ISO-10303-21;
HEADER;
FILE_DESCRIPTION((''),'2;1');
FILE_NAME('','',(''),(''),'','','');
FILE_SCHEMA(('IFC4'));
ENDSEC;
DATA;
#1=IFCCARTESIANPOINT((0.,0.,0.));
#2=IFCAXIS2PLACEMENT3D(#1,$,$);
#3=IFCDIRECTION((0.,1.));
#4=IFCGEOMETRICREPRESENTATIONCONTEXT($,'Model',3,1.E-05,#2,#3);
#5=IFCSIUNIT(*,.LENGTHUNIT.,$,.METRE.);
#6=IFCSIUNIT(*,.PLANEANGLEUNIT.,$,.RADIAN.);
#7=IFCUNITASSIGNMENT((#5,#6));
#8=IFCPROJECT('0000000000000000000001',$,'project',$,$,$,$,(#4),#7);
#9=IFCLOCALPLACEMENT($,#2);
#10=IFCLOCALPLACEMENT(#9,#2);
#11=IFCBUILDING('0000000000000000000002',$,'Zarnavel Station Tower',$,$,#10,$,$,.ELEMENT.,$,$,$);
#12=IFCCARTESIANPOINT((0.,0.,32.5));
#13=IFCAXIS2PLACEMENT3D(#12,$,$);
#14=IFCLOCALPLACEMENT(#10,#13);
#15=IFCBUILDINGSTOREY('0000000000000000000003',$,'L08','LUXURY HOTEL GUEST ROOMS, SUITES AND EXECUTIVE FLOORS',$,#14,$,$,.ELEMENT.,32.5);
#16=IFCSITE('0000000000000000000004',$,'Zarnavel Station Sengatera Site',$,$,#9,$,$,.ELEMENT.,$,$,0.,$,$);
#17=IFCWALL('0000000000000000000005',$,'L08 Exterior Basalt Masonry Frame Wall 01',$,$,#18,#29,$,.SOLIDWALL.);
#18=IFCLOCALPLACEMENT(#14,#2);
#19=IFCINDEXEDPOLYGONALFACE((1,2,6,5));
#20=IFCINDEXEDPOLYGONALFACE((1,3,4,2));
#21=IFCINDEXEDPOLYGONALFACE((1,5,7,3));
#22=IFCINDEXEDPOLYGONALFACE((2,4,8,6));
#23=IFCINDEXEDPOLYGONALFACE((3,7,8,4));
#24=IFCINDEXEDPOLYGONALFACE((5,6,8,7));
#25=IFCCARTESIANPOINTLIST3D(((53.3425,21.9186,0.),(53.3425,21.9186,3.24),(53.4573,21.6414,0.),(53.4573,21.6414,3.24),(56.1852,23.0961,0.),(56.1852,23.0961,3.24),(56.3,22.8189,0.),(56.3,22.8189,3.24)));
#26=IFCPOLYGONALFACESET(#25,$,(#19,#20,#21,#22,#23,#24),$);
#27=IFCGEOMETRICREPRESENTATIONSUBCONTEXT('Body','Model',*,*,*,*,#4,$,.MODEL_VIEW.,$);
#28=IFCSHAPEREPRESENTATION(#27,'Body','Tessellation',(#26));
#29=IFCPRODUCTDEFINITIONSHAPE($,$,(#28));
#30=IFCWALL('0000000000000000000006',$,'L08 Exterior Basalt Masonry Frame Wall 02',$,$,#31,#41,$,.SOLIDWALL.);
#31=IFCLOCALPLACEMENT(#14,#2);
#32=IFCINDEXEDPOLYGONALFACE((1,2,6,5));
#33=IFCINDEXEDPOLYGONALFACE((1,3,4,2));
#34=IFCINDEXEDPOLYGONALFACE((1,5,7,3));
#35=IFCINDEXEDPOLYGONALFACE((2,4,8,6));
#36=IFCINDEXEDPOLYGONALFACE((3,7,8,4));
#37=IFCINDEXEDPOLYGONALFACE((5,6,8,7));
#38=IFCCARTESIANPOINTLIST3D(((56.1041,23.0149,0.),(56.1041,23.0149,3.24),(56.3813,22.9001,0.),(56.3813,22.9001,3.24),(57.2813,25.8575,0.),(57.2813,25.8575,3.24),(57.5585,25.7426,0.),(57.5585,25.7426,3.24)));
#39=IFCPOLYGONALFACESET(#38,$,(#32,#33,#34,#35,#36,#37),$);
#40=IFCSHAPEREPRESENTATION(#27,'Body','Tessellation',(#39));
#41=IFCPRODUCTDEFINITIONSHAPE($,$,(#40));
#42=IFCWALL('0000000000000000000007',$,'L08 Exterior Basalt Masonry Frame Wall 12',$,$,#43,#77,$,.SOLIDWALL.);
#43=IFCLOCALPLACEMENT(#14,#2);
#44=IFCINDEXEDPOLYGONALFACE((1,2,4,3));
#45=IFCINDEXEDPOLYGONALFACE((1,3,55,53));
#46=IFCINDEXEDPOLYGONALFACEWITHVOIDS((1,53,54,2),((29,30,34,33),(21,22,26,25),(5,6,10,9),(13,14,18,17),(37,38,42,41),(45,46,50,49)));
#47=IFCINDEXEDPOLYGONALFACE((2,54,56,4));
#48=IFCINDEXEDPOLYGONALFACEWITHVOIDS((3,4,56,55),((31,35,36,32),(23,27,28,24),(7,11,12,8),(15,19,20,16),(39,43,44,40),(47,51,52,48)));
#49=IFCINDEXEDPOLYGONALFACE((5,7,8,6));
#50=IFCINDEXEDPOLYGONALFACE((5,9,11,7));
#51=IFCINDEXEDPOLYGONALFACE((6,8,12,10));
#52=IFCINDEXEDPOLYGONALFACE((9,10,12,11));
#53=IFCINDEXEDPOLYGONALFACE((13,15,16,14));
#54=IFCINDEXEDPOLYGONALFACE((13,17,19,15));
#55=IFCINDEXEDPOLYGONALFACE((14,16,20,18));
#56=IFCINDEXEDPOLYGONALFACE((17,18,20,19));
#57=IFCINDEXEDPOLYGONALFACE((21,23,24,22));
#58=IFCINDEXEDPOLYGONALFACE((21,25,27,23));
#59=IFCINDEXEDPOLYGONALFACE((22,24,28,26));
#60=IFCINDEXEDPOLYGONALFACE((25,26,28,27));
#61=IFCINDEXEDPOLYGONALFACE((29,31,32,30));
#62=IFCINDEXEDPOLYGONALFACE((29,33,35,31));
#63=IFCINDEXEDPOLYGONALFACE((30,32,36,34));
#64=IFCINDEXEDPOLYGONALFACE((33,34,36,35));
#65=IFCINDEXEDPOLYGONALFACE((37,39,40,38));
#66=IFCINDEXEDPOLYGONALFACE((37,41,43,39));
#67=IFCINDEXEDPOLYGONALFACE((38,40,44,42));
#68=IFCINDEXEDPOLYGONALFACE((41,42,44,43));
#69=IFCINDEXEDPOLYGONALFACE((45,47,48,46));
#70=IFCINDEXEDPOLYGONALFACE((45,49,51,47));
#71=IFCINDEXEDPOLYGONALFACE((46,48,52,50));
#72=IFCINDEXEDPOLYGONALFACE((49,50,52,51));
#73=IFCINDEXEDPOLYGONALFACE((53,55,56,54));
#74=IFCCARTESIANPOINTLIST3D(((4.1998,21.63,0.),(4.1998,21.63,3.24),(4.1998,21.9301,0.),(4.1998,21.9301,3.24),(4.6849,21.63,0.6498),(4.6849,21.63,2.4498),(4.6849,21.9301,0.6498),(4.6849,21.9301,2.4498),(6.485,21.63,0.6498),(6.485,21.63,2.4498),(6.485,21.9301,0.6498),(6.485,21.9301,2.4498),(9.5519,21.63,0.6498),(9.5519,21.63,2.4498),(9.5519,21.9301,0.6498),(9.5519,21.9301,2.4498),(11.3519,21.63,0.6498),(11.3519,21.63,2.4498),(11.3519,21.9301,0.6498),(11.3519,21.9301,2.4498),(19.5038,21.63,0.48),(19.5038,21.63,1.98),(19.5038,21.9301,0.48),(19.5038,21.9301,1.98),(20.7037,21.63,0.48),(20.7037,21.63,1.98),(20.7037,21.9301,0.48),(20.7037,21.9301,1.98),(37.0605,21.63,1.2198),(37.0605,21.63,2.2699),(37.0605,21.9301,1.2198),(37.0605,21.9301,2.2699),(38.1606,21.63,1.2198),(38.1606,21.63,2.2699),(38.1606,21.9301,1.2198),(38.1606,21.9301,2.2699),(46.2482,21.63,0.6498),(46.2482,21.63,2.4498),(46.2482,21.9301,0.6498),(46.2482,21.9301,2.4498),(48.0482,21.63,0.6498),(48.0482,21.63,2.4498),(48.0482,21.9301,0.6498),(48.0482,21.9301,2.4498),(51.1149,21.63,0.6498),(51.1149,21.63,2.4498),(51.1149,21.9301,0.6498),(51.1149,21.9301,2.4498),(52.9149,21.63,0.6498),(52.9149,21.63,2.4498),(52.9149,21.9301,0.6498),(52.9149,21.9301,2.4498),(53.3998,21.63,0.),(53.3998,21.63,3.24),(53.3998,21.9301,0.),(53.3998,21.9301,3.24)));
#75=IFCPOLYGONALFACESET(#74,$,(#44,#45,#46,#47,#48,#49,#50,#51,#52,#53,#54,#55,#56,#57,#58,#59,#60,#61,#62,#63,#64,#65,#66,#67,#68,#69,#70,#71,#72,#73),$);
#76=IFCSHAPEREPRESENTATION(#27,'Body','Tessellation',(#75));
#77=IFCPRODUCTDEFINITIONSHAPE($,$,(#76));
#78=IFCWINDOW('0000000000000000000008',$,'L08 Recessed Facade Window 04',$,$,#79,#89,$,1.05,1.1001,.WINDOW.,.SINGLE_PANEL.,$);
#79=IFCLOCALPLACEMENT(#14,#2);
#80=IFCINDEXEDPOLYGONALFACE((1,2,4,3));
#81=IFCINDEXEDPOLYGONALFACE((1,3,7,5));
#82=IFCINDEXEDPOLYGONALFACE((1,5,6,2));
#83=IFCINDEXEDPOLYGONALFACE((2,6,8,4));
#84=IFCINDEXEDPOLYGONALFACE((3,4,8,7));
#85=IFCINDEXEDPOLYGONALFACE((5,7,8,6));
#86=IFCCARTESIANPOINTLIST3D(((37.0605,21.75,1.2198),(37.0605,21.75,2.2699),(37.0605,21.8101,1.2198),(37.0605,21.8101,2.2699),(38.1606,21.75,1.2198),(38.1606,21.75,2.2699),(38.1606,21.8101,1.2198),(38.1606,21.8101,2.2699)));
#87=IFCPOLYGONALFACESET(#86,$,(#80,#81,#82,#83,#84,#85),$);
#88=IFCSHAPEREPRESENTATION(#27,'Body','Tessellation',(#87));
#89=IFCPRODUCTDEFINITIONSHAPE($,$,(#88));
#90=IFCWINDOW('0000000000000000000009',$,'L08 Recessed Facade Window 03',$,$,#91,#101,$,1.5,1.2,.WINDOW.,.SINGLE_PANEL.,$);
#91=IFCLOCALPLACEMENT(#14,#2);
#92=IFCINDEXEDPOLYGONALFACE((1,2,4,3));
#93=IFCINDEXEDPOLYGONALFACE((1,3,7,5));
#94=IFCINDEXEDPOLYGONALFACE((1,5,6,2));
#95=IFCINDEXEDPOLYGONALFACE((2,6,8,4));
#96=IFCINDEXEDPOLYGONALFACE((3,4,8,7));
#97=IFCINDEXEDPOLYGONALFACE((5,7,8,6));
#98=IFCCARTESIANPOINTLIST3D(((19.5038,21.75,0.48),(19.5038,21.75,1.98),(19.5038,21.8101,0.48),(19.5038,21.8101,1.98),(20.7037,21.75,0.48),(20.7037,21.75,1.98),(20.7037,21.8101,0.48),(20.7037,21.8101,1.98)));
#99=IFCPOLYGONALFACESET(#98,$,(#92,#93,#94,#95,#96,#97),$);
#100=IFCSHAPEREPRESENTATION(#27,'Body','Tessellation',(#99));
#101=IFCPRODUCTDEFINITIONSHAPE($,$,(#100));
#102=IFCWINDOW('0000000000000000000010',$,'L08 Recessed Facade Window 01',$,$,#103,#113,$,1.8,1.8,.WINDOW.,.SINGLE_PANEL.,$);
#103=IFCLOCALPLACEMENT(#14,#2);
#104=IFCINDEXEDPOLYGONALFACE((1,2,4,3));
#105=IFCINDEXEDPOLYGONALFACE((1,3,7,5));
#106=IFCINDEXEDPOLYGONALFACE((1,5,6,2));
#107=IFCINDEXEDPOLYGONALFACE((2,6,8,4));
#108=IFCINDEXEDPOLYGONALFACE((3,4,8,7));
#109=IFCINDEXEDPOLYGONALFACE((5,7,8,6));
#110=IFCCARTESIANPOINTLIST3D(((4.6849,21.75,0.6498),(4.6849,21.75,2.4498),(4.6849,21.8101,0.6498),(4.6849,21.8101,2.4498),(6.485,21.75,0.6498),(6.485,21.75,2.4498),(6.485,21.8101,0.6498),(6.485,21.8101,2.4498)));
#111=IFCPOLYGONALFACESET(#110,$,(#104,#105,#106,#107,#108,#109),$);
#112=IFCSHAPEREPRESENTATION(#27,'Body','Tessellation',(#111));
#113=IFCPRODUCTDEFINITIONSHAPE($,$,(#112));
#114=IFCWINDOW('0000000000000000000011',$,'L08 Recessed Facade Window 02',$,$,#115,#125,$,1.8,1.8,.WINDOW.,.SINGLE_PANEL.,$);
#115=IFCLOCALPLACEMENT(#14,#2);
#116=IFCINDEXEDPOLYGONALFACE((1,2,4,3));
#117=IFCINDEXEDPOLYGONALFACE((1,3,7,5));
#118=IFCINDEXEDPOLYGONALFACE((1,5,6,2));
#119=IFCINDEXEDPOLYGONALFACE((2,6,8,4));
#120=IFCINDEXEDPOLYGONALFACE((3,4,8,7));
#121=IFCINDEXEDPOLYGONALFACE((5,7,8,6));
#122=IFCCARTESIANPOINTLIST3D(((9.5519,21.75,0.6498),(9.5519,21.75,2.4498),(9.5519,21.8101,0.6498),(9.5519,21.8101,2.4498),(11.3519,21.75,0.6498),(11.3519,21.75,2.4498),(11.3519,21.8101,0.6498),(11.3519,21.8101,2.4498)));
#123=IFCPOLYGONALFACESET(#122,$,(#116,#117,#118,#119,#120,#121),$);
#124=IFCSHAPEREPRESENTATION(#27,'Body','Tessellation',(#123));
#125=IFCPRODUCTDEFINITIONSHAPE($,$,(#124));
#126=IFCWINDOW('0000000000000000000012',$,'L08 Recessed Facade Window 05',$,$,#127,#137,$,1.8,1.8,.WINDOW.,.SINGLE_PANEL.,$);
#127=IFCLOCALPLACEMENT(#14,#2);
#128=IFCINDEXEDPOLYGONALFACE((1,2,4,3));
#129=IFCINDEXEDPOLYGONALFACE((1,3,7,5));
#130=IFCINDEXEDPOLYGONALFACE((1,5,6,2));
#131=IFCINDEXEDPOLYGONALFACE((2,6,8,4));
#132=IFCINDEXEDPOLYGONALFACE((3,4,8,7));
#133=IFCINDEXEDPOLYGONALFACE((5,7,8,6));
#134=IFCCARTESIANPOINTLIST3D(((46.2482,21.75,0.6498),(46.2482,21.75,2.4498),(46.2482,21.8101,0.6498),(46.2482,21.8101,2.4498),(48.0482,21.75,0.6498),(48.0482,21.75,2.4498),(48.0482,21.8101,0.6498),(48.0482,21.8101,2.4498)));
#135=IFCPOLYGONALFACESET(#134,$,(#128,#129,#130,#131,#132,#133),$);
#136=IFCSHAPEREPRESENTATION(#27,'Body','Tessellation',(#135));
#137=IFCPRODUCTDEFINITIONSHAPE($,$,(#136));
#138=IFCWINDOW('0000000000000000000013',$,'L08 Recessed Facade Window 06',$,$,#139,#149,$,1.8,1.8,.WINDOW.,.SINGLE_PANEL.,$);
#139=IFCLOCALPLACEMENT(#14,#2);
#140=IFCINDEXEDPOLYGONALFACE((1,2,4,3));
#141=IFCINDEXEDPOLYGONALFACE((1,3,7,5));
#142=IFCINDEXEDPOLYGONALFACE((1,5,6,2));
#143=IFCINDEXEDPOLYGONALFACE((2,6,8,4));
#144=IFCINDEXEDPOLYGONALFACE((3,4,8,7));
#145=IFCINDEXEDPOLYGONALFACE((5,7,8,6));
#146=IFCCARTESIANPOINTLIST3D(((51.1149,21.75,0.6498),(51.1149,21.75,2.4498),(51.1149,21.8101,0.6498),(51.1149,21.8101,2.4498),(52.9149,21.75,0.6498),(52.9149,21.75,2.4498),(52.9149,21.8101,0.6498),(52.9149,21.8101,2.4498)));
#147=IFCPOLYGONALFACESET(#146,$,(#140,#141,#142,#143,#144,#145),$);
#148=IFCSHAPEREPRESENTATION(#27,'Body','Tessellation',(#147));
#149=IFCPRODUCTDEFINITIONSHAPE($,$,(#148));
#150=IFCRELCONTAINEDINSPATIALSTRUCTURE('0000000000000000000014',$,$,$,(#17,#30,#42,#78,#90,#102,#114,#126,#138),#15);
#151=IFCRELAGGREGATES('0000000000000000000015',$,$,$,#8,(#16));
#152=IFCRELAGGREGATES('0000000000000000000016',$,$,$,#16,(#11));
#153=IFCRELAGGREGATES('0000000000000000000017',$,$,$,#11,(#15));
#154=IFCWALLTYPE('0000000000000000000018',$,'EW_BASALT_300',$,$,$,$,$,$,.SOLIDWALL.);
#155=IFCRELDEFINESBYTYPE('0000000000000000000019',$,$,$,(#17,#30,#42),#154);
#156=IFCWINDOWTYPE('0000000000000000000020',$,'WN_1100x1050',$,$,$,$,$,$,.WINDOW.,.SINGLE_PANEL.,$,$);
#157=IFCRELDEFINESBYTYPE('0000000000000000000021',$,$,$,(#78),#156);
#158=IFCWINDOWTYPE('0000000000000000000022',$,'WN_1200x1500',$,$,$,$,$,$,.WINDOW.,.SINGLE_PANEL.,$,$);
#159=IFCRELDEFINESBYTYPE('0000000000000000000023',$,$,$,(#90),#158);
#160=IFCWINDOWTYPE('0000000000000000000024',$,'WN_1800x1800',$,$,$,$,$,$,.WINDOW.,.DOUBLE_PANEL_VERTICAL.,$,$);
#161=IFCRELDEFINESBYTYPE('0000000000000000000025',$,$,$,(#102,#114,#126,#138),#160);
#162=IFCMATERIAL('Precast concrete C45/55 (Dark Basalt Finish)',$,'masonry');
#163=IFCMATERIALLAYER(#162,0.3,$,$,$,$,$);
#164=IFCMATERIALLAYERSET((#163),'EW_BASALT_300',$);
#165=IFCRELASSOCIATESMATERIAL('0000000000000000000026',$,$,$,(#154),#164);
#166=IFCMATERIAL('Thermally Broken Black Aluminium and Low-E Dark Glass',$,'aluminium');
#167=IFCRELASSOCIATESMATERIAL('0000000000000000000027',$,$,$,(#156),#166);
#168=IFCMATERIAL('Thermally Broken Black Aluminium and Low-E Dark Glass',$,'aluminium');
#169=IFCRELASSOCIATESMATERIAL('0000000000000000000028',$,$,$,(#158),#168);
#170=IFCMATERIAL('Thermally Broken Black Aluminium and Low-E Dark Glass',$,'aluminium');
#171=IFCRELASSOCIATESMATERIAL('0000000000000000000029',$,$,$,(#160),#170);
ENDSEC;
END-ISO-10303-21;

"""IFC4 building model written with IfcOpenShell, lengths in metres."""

from ifc_helpers import new_model, si_unit, direction, frame, frame_2d, origin, place, context, subcontext, project, spatial, rectangle, extrude, material, layer, layer_set, type_object, element, fill, save


model = new_model("IFC4")

# Units and contexts
model_context = context("Model", 3, precision=1e-05, world=origin(), true_north=direction((0.0, 1.0)))
body_context = subcontext(model_context, "Body", "Model", "MODEL_VIEW")
ifc_project = project(units=[si_unit("LENGTHUNIT", "METRE"), si_unit("PLANEANGLEUNIT", "RADIAN")], contexts=[model_context])

# Site, building, storey
site_placement = place(None, origin())
site = spatial("IfcSite", under=ifc_project, at=site_placement, Name="Zarnavel Station Sengatera Site", CompositionType="ELEMENT", RefElevation=0.0)
building_placement = place(site_placement, origin())
building = spatial("IfcBuilding", under=site, at=building_placement, Name="Zarnavel Station Tower", CompositionType="ELEMENT")
storey_placement = place(building_placement, frame((0.0, 0.0, 32.5)))
storey = spatial("IfcBuildingStorey", under=building, at=storey_placement, Name="L08", Description="LUXURY HOTEL GUEST ROOMS, SUITES AND EXECUTIVE FLOORS", CompositionType="ELEMENT", Elevation=32.5)

# Walls
ifc_material_1 = material(Name="Precast concrete C45/55 (Dark Basalt Finish)", Category="masonry")
ifc_layer_1 = layer(ifc_material_1, 0.3)
ifc_layer_set_1 = layer_set([ifc_layer_1], Name="EW_BASALT_300")
wall_type_1 = type_object("IfcWallType", Name="EW_BASALT_300", PredefinedType="SOLIDWALL", material=ifc_layer_set_1)
wall_1_placement = place(storey_placement, frame((56.2427, 22.9575, 0.0), z_axis=(0.0, 0.0, 1.0), x_axis=(-0.923882, -0.382676, 0.0)))
element("IfcWall", 1, at=wall_1_placement, inside=storey, type_object=wall_type_1, Name="L08 Exterior Basalt Masonry Frame Wall 01", PredefinedType="SOLIDWALL", context=body_context, shape_type="SweptSolid", body=[
    extrude(rectangle(XDim=3.0769, YDim=0.3, at=frame_2d((1.5386, 0.0))), origin(), (0.0, 0.0, 1.0), 3.24),
])
wall_2_placement = place(storey_placement, frame((57.4199, 25.8, 0.0), z_axis=(0.0, 0.0, 1.0), x_axis=(-0.382637, -0.923899, 0.0)))
element("IfcWall", 2, at=wall_2_placement, inside=storey, type_object=wall_type_1, Name="L08 Exterior Basalt Masonry Frame Wall 02", PredefinedType="SOLIDWALL", context=body_context, shape_type="SweptSolid", body=[
    extrude(rectangle(XDim=3.0767, YDim=0.3, at=frame_2d((1.5383, 0.0))), origin(), (0.0, 0.0, 1.0), 3.24),
])

# Wall, openings, windows
wall_3_placement = place(storey_placement, frame((53.3999, 21.78, 0.0), z_axis=(0.0, 0.0, 1.0), x_axis=(-1.0, 0.0, 0.0)))
wall_3 = element("IfcWall", 3, at=wall_3_placement, inside=storey, type_object=wall_type_1, Name="L08 Exterior Basalt Masonry Frame Wall 12", PredefinedType="SOLIDWALL", context=body_context, shape_type="SweptSolid", body=[
    extrude(rectangle(XDim=49.2, YDim=0.3, at=frame_2d((24.6001, 0.0))), origin(), (0.0, 0.0, 1.0), 3.24),
])
opening_1_placement = place(wall_3_placement, frame((46.915, 0.0, 0.6499)))
opening_1 = element("IfcOpeningElement", 4, at=opening_1_placement, cuts=wall_3, PredefinedType="OPENING", context=body_context, shape_type="SweptSolid", body=[
    extrude(rectangle(XDim=1.8, YDim=1.8, at=frame_2d((0.8999, 0.8999))), frame((0.0, 0.1599, 0.0), z_axis=(0.0, -1.0, 0.0), x_axis=(1.0, 0.0, 0.0)), (0.0, 0.0, 1.0), 0.3201),
])
opening_2_placement = place(wall_3_placement, frame((42.0481, 0.0, 0.6499)))
opening_2 = element("IfcOpeningElement", 5, at=opening_2_placement, cuts=wall_3, PredefinedType="OPENING", context=body_context, shape_type="SweptSolid", body=[
    extrude(rectangle(XDim=1.8, YDim=1.8, at=frame_2d((0.8999, 0.8999))), frame((0.0, 0.1599, 0.0), z_axis=(0.0, -1.0, 0.0), x_axis=(1.0, 0.0, 0.0)), (0.0, 0.0, 1.0), 0.3201),
])
opening_3_placement = place(wall_3_placement, frame((32.696, 0.0, 0.48)))
opening_3 = element("IfcOpeningElement", 6, at=opening_3_placement, cuts=wall_3, PredefinedType="OPENING", context=body_context, shape_type="SweptSolid", body=[
    extrude(rectangle(XDim=1.2, YDim=1.5, at=frame_2d((0.6001, 0.75))), frame((0.0, 0.1599, 0.0), z_axis=(0.0, -1.0, 0.0), x_axis=(1.0, 0.0, 0.0)), (0.0, 0.0, 1.0), 0.3201),
])
opening_4_placement = place(wall_3_placement, frame((15.2393, 0.0, 1.22)))
opening_4 = element("IfcOpeningElement", 7, at=opening_4_placement, cuts=wall_3, PredefinedType="OPENING", context=body_context, shape_type="SweptSolid", body=[
    extrude(rectangle(XDim=1.1001, YDim=1.05, at=frame_2d((0.55, 0.5249))), frame((0.0, 0.1599, 0.0), z_axis=(0.0, -1.0, 0.0), x_axis=(1.0, 0.0, 0.0)), (0.0, 0.0, 1.0), 0.3201),
])
opening_5_placement = place(wall_3_placement, frame((5.3518, 0.0, 0.6499)))
opening_5 = element("IfcOpeningElement", 8, at=opening_5_placement, cuts=wall_3, PredefinedType="OPENING", context=body_context, shape_type="SweptSolid", body=[
    extrude(rectangle(XDim=1.8, YDim=1.8, at=frame_2d((0.8999, 0.8999))), frame((0.0, 0.1599, 0.0), z_axis=(0.0, -1.0, 0.0), x_axis=(1.0, 0.0, 0.0)), (0.0, 0.0, 1.0), 0.3201),
])
opening_6_placement = place(wall_3_placement, frame((0.4851, 0.0, 0.6499)))
opening_6 = element("IfcOpeningElement", 9, at=opening_6_placement, cuts=wall_3, PredefinedType="OPENING", context=body_context, shape_type="SweptSolid", body=[
    extrude(rectangle(XDim=1.8, YDim=1.8, at=frame_2d((0.8999, 0.8999))), frame((0.0, 0.1599, 0.0), z_axis=(0.0, -1.0, 0.0), x_axis=(1.0, 0.0, 0.0)), (0.0, 0.0, 1.0), 0.3201),
])
ifc_material_2 = material(Name="Thermally Broken Black Aluminium and Low-E Dark Glass", Category="aluminium")
window_type_1 = type_object("IfcWindowType", Name="WN_1100x1050", PartitioningType="SINGLE_PANEL", PredefinedType="WINDOW", material=ifc_material_2)
window_1_placement = place(opening_4_placement, origin())
window_1 = element("IfcWindow", 10, at=window_1_placement, inside=storey, type_object=window_type_1, Name="L08 Recessed Facade Window 04", OverallHeight=1.05, OverallWidth=1.1001, PartitioningType="SINGLE_PANEL", PredefinedType="WINDOW", context=body_context, shape_type="SweptSolid", body=[
    extrude(rectangle(XDim=1.1001, YDim=1.05, at=frame_2d((0.55, 0.5249))), frame((0.0, 0.03, 0.0), z_axis=(0.0, -1.0, 0.0), x_axis=(1.0, 0.0, 0.0)), (0.0, 0.0, 1.0), 0.0601),
])
fill(opening_4, window_1)
ifc_material_3 = material(Name="Thermally Broken Black Aluminium and Low-E Dark Glass", Category="aluminium")
window_type_2 = type_object("IfcWindowType", Name="WN_1200x1500", PartitioningType="SINGLE_PANEL", PredefinedType="WINDOW", material=ifc_material_3)
window_2_placement = place(opening_3_placement, origin())
window_2 = element("IfcWindow", 11, at=window_2_placement, inside=storey, type_object=window_type_2, Name="L08 Recessed Facade Window 03", OverallHeight=1.5, OverallWidth=1.2, PartitioningType="SINGLE_PANEL", PredefinedType="WINDOW", context=body_context, shape_type="SweptSolid", body=[
    extrude(rectangle(XDim=1.2, YDim=1.5, at=frame_2d((0.6001, 0.75))), frame((0.0, 0.03, 0.0), z_axis=(0.0, -1.0, 0.0), x_axis=(1.0, 0.0, 0.0)), (0.0, 0.0, 1.0), 0.0601),
])
fill(opening_3, window_2)
ifc_material_4 = material(Name="Thermally Broken Black Aluminium and Low-E Dark Glass", Category="aluminium")
window_type_3 = type_object("IfcWindowType", Name="WN_1800x1800", PartitioningType="DOUBLE_PANEL_VERTICAL", PredefinedType="WINDOW", material=ifc_material_4)
window_3_placement = place(opening_1_placement, origin())
window_3 = element("IfcWindow", 12, at=window_3_placement, inside=storey, type_object=window_type_3, Name="L08 Recessed Facade Window 01", OverallHeight=1.8, OverallWidth=1.8, PartitioningType="SINGLE_PANEL", PredefinedType="WINDOW", context=body_context, shape_type="SweptSolid", body=[
    extrude(rectangle(XDim=1.8, YDim=1.8, at=frame_2d((0.8999, 0.8999))), frame((0.0, 0.03, 0.0), z_axis=(0.0, -1.0, 0.0), x_axis=(1.0, 0.0, 0.0)), (0.0, 0.0, 1.0), 0.0601),
])
fill(opening_1, window_3)
window_4_placement = place(opening_2_placement, origin())
window_4 = element("IfcWindow", 13, at=window_4_placement, inside=storey, type_object=window_type_3, Name="L08 Recessed Facade Window 02", OverallHeight=1.8, OverallWidth=1.8, PartitioningType="SINGLE_PANEL", PredefinedType="WINDOW", context=body_context, shape_type="SweptSolid", body=[
    extrude(rectangle(XDim=1.8, YDim=1.8, at=frame_2d((0.8999, 0.8999))), frame((0.0, 0.03, 0.0), z_axis=(0.0, -1.0, 0.0), x_axis=(1.0, 0.0, 0.0)), (0.0, 0.0, 1.0), 0.0601),
])
fill(opening_2, window_4)
window_5_placement = place(opening_5_placement, origin())
window_5 = element("IfcWindow", 14, at=window_5_placement, inside=storey, type_object=window_type_3, Name="L08 Recessed Facade Window 05", OverallHeight=1.8, OverallWidth=1.8, PartitioningType="SINGLE_PANEL", PredefinedType="WINDOW", context=body_context, shape_type="SweptSolid", body=[
    extrude(rectangle(XDim=1.8, YDim=1.8, at=frame_2d((0.8999, 0.8999))), frame((0.0, 0.03, 0.0), z_axis=(0.0, -1.0, 0.0), x_axis=(1.0, 0.0, 0.0)), (0.0, 0.0, 1.0), 0.0601),
])
fill(opening_5, window_5)
window_6_placement = place(opening_6_placement, origin())
window_6 = element("IfcWindow", 15, at=window_6_placement, inside=storey, type_object=window_type_3, Name="L08 Recessed Facade Window 06", OverallHeight=1.8, OverallWidth=1.8, PartitioningType="SINGLE_PANEL", PredefinedType="WINDOW", context=body_context, shape_type="SweptSolid", body=[
    extrude(rectangle(XDim=1.8, YDim=1.8, at=frame_2d((0.8999, 0.8999))), frame((0.0, 0.03, 0.0), z_axis=(0.0, -1.0, 0.0), x_axis=(1.0, 0.0, 0.0)), (0.0, 0.0, 1.0), 0.0601),
])
fill(opening_6, window_6)

save(model, "model.ifc")
